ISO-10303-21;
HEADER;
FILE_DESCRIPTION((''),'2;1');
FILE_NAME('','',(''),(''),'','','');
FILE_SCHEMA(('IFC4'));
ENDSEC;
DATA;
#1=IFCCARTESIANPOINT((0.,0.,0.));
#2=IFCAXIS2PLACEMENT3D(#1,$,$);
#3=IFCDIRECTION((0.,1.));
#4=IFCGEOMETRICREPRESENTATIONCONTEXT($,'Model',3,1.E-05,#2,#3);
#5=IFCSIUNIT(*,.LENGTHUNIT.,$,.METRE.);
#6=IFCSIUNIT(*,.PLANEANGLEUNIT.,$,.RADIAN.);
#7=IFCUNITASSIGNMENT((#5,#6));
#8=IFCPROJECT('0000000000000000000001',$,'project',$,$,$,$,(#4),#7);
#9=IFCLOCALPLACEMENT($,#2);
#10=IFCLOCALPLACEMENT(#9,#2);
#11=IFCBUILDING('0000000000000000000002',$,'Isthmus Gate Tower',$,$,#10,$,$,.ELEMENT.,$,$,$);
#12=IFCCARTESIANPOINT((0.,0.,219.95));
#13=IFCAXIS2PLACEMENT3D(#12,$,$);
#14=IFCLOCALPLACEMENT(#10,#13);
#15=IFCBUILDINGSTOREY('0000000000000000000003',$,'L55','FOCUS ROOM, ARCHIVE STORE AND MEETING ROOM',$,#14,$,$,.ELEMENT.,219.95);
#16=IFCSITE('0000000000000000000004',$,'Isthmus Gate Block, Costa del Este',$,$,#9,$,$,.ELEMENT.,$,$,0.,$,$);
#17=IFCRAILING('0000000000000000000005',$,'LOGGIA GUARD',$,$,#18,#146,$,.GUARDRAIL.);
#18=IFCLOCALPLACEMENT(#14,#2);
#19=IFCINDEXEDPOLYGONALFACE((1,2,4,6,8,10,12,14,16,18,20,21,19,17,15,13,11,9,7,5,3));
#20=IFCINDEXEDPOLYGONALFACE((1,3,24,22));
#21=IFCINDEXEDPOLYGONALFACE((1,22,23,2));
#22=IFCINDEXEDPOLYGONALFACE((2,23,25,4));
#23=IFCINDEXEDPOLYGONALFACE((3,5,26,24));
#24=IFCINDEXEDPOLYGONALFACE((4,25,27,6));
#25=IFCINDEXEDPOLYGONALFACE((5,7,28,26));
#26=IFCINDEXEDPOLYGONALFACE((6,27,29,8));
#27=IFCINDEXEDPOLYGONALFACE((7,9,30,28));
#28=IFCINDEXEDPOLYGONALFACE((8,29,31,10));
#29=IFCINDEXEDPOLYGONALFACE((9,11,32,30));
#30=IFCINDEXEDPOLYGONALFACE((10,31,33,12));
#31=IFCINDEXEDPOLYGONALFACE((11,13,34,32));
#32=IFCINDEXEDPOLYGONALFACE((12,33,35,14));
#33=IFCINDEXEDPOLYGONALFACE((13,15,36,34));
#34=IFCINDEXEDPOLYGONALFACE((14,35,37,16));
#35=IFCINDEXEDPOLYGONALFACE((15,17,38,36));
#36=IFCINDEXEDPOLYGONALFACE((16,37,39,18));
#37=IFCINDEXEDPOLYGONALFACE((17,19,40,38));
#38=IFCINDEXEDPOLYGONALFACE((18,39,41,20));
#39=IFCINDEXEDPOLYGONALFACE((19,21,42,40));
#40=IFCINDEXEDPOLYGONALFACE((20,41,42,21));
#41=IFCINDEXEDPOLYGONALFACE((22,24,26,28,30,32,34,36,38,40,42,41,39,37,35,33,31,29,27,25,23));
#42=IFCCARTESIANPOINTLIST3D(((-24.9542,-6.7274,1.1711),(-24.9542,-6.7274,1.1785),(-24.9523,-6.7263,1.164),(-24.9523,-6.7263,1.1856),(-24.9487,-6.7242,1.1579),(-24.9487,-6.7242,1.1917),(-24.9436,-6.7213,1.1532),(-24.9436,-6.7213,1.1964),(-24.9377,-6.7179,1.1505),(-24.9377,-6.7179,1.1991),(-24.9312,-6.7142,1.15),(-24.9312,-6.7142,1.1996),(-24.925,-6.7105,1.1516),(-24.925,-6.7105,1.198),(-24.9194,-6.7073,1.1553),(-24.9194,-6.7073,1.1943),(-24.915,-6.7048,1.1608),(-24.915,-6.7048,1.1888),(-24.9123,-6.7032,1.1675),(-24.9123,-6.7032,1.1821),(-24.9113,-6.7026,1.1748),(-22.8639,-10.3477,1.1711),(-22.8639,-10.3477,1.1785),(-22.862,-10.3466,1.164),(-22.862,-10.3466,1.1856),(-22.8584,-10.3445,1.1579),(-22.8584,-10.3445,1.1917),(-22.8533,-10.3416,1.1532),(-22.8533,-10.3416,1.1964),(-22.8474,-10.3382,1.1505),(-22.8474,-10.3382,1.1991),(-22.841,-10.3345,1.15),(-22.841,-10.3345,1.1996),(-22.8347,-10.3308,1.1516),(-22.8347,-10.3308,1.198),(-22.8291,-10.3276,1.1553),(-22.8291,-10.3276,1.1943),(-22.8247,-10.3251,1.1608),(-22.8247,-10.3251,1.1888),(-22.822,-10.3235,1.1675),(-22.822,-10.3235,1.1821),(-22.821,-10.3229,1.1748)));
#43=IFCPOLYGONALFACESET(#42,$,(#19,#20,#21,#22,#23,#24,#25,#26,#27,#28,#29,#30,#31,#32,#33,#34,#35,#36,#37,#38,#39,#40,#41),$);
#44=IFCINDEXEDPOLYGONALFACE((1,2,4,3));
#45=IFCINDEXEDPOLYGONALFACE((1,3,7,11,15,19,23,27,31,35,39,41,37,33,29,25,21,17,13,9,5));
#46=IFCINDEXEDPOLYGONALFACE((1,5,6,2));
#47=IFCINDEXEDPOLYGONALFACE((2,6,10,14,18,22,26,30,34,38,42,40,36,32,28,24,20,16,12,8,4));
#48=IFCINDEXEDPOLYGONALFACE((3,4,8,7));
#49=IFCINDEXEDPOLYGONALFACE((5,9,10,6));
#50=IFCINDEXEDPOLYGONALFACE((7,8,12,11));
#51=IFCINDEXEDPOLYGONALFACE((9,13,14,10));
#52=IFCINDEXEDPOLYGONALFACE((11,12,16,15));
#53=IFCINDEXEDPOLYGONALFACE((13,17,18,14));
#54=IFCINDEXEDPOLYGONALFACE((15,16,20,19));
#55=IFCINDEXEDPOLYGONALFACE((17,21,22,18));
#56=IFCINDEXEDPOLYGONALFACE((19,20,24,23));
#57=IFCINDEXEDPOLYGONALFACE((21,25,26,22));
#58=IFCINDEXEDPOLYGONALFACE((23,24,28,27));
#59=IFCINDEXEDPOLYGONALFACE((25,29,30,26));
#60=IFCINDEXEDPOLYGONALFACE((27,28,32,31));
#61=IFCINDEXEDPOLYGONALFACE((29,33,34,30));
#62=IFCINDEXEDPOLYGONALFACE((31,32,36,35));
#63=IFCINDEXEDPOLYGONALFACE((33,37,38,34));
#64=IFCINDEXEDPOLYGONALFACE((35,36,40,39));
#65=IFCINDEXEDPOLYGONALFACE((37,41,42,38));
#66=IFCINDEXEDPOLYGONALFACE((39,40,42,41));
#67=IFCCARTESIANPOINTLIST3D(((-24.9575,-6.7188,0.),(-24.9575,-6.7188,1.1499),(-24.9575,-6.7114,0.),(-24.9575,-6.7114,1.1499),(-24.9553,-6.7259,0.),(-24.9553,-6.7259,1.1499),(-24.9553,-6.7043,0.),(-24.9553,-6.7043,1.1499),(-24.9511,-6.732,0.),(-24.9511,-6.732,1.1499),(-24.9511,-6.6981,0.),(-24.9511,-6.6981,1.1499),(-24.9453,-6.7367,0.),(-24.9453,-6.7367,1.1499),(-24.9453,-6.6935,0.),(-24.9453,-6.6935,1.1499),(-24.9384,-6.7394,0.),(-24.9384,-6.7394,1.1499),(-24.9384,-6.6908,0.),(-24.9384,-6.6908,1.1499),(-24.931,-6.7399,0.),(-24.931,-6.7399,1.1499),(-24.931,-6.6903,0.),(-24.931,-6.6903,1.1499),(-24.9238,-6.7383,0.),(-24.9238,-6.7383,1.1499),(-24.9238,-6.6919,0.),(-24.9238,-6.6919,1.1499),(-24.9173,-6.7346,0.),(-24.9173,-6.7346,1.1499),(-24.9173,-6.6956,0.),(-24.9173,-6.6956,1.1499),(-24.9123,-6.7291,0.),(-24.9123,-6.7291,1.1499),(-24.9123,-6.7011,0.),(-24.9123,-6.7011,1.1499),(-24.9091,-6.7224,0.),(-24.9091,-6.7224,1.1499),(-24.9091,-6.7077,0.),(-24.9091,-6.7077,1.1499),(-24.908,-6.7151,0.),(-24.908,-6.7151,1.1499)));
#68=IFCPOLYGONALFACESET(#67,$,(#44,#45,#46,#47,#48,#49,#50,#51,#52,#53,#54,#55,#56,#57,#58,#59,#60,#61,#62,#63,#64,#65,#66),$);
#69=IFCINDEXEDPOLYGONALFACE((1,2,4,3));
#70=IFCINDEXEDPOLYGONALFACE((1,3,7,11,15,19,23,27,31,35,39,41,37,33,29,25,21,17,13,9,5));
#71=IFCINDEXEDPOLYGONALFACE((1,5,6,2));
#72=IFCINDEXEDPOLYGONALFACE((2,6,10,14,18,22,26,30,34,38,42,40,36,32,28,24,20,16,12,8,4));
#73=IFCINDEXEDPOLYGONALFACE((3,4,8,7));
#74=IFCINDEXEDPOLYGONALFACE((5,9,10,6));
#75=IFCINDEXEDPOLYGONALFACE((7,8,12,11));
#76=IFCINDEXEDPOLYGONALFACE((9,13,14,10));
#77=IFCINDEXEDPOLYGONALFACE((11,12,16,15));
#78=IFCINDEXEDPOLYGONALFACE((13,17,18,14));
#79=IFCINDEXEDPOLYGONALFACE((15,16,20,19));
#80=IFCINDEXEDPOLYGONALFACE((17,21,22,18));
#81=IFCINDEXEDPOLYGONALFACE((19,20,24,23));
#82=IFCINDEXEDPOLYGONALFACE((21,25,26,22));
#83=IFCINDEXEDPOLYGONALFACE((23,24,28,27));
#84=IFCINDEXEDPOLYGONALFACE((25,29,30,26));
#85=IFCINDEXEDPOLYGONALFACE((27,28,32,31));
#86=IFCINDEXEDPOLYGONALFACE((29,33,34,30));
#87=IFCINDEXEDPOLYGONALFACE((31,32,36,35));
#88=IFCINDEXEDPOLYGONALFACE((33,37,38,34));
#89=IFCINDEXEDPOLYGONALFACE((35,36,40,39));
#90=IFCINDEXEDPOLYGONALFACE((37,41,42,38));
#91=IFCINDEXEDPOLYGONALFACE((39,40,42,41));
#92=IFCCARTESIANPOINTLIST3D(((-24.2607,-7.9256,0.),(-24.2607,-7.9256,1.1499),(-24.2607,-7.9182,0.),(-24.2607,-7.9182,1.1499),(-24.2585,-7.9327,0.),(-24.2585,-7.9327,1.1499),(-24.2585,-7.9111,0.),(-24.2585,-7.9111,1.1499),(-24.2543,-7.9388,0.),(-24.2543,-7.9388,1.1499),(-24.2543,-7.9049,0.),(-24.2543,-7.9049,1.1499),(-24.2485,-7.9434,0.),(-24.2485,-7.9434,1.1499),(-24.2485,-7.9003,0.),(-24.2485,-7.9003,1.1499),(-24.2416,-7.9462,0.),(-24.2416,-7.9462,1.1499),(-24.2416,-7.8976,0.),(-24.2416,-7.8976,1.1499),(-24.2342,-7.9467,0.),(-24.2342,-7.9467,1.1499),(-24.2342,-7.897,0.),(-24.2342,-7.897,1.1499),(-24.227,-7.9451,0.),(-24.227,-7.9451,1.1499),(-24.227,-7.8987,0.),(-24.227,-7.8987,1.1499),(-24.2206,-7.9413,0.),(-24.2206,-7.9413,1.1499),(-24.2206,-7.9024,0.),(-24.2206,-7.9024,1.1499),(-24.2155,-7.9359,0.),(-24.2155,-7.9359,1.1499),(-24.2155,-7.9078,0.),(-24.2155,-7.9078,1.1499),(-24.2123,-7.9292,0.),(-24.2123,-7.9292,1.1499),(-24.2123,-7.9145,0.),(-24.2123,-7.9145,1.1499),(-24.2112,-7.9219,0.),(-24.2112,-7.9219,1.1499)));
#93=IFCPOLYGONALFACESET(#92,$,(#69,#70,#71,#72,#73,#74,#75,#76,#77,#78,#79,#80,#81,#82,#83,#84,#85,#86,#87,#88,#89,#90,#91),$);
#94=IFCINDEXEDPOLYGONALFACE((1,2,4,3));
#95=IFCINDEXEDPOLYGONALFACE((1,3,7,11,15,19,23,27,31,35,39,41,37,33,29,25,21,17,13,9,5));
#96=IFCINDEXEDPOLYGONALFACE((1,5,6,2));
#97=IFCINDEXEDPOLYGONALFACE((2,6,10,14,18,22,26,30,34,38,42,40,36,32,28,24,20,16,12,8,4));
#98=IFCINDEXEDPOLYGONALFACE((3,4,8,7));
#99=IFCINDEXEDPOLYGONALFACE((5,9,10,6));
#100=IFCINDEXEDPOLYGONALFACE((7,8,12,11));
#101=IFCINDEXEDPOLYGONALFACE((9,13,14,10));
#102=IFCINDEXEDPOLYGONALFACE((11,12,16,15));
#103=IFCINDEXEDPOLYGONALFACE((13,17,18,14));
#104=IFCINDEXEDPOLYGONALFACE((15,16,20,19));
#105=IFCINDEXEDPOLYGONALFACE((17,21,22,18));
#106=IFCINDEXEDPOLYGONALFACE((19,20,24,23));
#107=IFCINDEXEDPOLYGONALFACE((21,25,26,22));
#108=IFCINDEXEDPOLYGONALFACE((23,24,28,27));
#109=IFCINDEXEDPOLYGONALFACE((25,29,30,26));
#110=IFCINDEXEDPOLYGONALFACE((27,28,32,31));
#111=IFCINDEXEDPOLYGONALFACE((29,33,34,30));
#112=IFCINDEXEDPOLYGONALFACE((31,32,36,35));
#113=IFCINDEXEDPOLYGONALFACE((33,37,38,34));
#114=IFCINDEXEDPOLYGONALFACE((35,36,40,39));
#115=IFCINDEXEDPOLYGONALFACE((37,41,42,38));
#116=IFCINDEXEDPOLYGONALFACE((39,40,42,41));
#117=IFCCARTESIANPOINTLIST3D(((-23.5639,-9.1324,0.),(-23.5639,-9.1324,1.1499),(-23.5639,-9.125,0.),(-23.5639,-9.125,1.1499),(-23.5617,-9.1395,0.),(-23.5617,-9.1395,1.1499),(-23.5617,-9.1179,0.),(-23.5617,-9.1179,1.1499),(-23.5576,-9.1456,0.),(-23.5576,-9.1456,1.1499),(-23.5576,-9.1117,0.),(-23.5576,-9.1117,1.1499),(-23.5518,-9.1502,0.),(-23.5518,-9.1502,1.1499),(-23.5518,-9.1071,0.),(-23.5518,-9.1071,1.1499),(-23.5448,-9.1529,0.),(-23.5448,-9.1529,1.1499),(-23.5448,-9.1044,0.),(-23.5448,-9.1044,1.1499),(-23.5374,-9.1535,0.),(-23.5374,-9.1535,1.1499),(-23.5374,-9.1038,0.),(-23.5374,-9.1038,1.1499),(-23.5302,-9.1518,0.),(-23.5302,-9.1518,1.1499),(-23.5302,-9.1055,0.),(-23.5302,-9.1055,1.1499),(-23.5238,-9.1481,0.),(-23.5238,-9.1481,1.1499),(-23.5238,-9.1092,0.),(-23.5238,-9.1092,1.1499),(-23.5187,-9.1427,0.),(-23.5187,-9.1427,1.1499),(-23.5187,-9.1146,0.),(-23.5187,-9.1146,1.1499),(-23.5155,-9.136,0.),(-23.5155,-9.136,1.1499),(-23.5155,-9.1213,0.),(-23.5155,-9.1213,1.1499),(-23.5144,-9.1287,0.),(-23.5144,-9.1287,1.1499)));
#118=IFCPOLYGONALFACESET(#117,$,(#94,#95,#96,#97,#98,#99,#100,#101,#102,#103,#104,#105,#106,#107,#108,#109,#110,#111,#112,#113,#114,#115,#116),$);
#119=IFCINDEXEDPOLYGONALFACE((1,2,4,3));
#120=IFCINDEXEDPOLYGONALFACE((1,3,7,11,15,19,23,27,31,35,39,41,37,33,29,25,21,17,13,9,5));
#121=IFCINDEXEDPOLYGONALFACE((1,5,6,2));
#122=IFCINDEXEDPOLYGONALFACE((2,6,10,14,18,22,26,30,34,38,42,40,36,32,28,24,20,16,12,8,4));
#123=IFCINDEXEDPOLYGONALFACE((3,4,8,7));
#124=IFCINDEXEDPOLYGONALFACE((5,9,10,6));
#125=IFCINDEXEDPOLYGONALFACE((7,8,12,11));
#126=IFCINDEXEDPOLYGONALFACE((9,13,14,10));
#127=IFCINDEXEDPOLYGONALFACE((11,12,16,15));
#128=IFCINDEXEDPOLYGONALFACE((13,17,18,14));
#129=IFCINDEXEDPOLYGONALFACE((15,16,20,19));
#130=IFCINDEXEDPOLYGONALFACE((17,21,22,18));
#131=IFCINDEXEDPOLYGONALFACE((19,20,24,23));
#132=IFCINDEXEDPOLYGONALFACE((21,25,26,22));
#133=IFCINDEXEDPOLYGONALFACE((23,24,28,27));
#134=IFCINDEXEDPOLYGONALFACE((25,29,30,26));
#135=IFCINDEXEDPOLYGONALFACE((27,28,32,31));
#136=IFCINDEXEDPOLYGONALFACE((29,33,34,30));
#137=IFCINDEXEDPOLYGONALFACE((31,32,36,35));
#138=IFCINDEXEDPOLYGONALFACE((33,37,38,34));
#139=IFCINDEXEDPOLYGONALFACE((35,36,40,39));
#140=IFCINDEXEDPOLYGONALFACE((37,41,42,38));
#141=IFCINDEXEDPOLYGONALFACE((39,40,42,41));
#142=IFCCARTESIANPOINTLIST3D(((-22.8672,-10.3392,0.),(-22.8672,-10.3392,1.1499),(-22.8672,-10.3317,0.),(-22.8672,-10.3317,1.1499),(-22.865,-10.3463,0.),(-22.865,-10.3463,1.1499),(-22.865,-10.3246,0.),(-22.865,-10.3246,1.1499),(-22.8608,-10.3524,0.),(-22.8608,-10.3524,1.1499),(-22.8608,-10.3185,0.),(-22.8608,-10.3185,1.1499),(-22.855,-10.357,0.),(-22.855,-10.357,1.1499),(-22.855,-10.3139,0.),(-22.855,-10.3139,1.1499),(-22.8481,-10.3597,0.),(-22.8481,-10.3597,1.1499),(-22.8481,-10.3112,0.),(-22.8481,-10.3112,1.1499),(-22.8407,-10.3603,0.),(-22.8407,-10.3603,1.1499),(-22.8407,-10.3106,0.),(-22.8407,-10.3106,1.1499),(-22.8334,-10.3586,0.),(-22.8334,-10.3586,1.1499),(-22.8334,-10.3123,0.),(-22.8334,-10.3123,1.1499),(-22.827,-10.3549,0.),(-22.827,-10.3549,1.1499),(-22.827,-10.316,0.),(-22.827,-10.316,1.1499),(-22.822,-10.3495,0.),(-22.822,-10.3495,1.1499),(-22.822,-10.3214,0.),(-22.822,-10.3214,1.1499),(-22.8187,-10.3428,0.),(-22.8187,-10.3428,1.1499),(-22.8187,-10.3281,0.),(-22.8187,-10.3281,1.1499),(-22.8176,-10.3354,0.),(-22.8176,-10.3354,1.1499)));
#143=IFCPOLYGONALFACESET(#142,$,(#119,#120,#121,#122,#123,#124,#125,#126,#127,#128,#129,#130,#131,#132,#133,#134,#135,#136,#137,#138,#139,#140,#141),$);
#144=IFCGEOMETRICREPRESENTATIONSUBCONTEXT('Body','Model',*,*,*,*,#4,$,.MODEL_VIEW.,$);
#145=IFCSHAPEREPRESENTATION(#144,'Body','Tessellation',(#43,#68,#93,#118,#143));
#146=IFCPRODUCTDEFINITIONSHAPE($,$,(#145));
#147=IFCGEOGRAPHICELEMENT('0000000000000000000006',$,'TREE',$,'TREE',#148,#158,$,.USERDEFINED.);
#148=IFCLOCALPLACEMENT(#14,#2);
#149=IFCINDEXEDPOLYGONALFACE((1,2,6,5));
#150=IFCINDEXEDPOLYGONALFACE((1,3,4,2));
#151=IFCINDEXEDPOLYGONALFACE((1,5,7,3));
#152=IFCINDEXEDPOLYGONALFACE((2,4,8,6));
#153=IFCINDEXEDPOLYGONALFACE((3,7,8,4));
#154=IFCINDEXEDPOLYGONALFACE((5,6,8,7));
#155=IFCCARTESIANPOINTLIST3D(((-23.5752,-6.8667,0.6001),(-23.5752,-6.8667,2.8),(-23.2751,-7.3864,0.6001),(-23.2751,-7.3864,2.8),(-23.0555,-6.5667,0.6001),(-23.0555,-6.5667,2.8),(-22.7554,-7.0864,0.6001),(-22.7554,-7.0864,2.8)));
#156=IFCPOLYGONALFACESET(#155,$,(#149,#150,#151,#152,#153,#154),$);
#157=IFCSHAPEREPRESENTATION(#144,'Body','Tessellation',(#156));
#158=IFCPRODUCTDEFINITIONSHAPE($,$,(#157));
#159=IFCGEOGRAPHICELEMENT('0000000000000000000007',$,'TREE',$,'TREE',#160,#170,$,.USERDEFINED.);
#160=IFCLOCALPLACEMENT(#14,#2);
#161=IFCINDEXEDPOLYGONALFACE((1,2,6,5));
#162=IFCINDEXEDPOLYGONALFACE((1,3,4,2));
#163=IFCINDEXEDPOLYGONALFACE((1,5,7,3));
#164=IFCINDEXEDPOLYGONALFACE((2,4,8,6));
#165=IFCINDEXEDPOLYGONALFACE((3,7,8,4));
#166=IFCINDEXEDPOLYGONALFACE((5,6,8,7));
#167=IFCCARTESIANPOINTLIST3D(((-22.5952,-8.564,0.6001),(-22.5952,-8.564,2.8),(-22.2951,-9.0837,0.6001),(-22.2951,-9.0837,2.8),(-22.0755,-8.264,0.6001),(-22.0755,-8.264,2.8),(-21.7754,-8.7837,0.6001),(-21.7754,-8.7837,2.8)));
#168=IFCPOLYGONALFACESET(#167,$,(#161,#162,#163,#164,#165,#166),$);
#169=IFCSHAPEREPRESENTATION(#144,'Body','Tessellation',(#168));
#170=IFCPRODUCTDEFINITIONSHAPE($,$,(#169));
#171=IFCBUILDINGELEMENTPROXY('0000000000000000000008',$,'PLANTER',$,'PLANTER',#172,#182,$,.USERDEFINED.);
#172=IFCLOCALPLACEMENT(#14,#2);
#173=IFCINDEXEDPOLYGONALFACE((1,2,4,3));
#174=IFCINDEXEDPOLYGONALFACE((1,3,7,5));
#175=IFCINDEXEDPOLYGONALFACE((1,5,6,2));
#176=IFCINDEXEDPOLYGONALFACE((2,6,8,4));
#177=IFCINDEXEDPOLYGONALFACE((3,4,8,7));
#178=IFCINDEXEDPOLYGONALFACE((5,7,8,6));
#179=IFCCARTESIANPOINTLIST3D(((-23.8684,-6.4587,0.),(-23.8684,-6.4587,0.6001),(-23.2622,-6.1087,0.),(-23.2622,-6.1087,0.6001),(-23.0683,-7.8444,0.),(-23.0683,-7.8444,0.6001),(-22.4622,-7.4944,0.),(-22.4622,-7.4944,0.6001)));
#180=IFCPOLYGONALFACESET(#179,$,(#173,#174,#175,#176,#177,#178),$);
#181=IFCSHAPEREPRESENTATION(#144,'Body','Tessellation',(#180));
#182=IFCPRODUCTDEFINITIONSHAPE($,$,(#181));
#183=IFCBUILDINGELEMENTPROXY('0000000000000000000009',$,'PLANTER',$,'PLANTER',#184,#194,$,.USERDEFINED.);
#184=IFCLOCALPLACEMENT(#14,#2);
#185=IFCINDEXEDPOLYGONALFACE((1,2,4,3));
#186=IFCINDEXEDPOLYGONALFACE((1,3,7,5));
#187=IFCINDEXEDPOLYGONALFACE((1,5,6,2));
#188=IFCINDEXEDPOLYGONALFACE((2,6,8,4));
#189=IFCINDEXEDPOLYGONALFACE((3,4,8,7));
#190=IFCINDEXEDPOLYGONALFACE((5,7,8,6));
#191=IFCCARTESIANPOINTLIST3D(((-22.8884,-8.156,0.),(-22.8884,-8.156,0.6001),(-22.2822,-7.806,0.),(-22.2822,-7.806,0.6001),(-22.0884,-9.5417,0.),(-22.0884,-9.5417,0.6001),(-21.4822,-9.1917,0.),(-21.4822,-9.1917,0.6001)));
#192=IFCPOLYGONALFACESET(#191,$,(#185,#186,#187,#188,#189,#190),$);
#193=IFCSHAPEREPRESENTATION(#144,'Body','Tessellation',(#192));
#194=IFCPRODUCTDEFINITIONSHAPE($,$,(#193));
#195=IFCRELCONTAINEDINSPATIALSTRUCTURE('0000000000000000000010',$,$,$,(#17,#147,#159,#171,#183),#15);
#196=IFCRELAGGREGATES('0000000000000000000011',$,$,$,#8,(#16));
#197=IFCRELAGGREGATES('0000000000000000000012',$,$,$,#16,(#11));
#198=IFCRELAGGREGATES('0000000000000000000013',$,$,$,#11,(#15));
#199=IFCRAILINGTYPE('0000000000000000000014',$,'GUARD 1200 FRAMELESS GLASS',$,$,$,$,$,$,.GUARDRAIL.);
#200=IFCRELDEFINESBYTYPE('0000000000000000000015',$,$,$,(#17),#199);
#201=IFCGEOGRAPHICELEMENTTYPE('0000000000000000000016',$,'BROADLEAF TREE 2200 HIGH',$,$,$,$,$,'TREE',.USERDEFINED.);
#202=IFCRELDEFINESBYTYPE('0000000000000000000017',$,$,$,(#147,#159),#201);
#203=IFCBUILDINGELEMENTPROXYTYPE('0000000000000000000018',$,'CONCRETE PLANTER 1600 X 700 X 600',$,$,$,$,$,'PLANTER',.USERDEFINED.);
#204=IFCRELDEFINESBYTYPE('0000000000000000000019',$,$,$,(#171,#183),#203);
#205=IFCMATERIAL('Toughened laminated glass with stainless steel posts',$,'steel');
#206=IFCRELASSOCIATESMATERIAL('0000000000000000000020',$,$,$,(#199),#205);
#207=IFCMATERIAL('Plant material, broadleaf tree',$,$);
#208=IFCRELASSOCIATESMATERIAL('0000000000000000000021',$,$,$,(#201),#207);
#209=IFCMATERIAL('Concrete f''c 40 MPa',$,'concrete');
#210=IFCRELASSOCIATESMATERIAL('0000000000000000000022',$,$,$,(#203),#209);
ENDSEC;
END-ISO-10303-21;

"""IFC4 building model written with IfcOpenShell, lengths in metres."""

from ifc_helpers import new_model, si_unit, direction, frame, origin, origin_2d, place, context, subcontext, project, spatial, rectangle, circle, extrude, material, type_object, element, save


model = new_model("IFC4")

# Units and contexts
model_context = context("Model", 3, precision=1e-05, world=origin(), true_north=direction((0.0, 1.0)))
body_context = subcontext(model_context, "Body", "Model", "MODEL_VIEW")
ifc_project = project(units=[si_unit("LENGTHUNIT", "METRE"), si_unit("PLANEANGLEUNIT", "RADIAN")], contexts=[model_context])

# Site, building, storey
site_placement = place(None, origin())
site = spatial("IfcSite", under=ifc_project, at=site_placement, Name="Isthmus Gate Block, Costa del Este", CompositionType="ELEMENT", RefElevation=0.0)
building_placement = place(site_placement, origin())
building = spatial("IfcBuilding", under=site, at=building_placement, Name="Isthmus Gate Tower", CompositionType="ELEMENT")
storey_placement = place(building_placement, frame((0.0, 0.0, 219.95)))
storey = spatial("IfcBuildingStorey", under=building, at=storey_placement, Name="L55", Description="FOCUS ROOM, ARCHIVE STORE AND MEETING ROOM", CompositionType="ELEMENT", Elevation=219.95)

# Railing
ifc_material_1 = material(Name="Toughened laminated glass with stainless steel posts", Category="steel")
railing_type = type_object("IfcRailingType", Name="GUARD 1200 FRAMELESS GLASS", PredefinedType="GUARDRAIL", material=ifc_material_1)
railing_placement = place(storey_placement, frame((-24.9329, -6.7151, 0.0)))
element("IfcRailing", 1, at=railing_placement, inside=storey, type_object=railing_type, Name="LOGGIA GUARD", PredefinedType="GUARDRAIL", context=body_context, shape_type="SweptSolid", body=[
    extrude(circle(Radius=0.0249, at=origin_2d()), frame((0.0, 0.0, 1.1748), z_axis=(0.500021, -0.866013, 0.0), x_axis=(0.866013, 0.500021, 0.0)), (0.0, 0.0, 1.0), 4.1804),
    extrude(circle(Radius=0.0249, at=origin_2d()), origin(), (0.0, 0.0, 1.0), 1.1499),
    extrude(circle(Radius=0.0249, at=origin_2d()), frame((0.6968, -1.2068, 0.0)), (0.0, 0.0, 1.0), 1.1499),
    extrude(circle(Radius=0.0249, at=origin_2d()), frame((1.3936, -2.4136, 0.0)), (0.0, 0.0, 1.0), 1.1499),
    extrude(circle(Radius=0.0249, at=origin_2d()), frame((2.0903, -3.6204, 0.0)), (0.0, 0.0, 1.0), 1.1499),
])

# Geographic elements
ifc_material_2 = material(Name="Plant material, broadleaf tree")
geographic_element_type = type_object("IfcGeographicElementType", Name="BROADLEAF TREE 2200 HIGH", ElementType="TREE", PredefinedType="USERDEFINED", material=ifc_material_2)
for number, where, z_axis, x_axis, name in (
    (2, (-23.1653, -6.9766, 0.6001), (0.0, 0.0, 1.0), (0.5, -0.866025, 0.0), "TREE"),
    (3, (-22.1853, -8.6738, 0.6001), (0.0, 0.0, 1.0), (0.5, -0.866025, 0.0), "TREE"),
):
    element("IfcGeographicElement", number, at=place(storey_placement, frame(where, z_axis=z_axis, x_axis=x_axis)), inside=storey, type_object=geographic_element_type, Name=name, ObjectType="TREE", PredefinedType="USERDEFINED", context=body_context, shape_type="SweptSolid", body=[
        extrude(rectangle(XDim=0.6001, YDim=0.6001, at=origin_2d()), origin(), (0.0, 0.0, 1.0), 2.2),
    ])

# Building element proxies
ifc_material_3 = material(Name="Concrete f'c 40 MPa", Category="concrete")
building_element_proxy_type = type_object("IfcBuildingElementProxyType", Name="CONCRETE PLANTER 1600 X 700 X 600", ElementType="PLANTER", PredefinedType="USERDEFINED", material=ifc_material_3)
for number, where, z_axis, x_axis, name in (
    (4, (-23.1653, -6.9766, 0.0), (0.0, 0.0, 1.0), (0.5, -0.866025, 0.0), "PLANTER"),
    (5, (-22.1853, -8.6738, 0.0), (0.0, 0.0, 1.0), (0.5, -0.866025, 0.0), "PLANTER"),
):
    element("IfcBuildingElementProxy", number, at=place(storey_placement, frame(where, z_axis=z_axis, x_axis=x_axis)), inside=storey, type_object=building_element_proxy_type, Name=name, ObjectType="PLANTER", PredefinedType="USERDEFINED", context=body_context, shape_type="SweptSolid", body=[
        extrude(rectangle(XDim=1.6001, YDim=0.7, at=origin_2d()), origin(), (0.0, 0.0, 1.0), 0.6001),
    ])

save(model, "model.ifc")
